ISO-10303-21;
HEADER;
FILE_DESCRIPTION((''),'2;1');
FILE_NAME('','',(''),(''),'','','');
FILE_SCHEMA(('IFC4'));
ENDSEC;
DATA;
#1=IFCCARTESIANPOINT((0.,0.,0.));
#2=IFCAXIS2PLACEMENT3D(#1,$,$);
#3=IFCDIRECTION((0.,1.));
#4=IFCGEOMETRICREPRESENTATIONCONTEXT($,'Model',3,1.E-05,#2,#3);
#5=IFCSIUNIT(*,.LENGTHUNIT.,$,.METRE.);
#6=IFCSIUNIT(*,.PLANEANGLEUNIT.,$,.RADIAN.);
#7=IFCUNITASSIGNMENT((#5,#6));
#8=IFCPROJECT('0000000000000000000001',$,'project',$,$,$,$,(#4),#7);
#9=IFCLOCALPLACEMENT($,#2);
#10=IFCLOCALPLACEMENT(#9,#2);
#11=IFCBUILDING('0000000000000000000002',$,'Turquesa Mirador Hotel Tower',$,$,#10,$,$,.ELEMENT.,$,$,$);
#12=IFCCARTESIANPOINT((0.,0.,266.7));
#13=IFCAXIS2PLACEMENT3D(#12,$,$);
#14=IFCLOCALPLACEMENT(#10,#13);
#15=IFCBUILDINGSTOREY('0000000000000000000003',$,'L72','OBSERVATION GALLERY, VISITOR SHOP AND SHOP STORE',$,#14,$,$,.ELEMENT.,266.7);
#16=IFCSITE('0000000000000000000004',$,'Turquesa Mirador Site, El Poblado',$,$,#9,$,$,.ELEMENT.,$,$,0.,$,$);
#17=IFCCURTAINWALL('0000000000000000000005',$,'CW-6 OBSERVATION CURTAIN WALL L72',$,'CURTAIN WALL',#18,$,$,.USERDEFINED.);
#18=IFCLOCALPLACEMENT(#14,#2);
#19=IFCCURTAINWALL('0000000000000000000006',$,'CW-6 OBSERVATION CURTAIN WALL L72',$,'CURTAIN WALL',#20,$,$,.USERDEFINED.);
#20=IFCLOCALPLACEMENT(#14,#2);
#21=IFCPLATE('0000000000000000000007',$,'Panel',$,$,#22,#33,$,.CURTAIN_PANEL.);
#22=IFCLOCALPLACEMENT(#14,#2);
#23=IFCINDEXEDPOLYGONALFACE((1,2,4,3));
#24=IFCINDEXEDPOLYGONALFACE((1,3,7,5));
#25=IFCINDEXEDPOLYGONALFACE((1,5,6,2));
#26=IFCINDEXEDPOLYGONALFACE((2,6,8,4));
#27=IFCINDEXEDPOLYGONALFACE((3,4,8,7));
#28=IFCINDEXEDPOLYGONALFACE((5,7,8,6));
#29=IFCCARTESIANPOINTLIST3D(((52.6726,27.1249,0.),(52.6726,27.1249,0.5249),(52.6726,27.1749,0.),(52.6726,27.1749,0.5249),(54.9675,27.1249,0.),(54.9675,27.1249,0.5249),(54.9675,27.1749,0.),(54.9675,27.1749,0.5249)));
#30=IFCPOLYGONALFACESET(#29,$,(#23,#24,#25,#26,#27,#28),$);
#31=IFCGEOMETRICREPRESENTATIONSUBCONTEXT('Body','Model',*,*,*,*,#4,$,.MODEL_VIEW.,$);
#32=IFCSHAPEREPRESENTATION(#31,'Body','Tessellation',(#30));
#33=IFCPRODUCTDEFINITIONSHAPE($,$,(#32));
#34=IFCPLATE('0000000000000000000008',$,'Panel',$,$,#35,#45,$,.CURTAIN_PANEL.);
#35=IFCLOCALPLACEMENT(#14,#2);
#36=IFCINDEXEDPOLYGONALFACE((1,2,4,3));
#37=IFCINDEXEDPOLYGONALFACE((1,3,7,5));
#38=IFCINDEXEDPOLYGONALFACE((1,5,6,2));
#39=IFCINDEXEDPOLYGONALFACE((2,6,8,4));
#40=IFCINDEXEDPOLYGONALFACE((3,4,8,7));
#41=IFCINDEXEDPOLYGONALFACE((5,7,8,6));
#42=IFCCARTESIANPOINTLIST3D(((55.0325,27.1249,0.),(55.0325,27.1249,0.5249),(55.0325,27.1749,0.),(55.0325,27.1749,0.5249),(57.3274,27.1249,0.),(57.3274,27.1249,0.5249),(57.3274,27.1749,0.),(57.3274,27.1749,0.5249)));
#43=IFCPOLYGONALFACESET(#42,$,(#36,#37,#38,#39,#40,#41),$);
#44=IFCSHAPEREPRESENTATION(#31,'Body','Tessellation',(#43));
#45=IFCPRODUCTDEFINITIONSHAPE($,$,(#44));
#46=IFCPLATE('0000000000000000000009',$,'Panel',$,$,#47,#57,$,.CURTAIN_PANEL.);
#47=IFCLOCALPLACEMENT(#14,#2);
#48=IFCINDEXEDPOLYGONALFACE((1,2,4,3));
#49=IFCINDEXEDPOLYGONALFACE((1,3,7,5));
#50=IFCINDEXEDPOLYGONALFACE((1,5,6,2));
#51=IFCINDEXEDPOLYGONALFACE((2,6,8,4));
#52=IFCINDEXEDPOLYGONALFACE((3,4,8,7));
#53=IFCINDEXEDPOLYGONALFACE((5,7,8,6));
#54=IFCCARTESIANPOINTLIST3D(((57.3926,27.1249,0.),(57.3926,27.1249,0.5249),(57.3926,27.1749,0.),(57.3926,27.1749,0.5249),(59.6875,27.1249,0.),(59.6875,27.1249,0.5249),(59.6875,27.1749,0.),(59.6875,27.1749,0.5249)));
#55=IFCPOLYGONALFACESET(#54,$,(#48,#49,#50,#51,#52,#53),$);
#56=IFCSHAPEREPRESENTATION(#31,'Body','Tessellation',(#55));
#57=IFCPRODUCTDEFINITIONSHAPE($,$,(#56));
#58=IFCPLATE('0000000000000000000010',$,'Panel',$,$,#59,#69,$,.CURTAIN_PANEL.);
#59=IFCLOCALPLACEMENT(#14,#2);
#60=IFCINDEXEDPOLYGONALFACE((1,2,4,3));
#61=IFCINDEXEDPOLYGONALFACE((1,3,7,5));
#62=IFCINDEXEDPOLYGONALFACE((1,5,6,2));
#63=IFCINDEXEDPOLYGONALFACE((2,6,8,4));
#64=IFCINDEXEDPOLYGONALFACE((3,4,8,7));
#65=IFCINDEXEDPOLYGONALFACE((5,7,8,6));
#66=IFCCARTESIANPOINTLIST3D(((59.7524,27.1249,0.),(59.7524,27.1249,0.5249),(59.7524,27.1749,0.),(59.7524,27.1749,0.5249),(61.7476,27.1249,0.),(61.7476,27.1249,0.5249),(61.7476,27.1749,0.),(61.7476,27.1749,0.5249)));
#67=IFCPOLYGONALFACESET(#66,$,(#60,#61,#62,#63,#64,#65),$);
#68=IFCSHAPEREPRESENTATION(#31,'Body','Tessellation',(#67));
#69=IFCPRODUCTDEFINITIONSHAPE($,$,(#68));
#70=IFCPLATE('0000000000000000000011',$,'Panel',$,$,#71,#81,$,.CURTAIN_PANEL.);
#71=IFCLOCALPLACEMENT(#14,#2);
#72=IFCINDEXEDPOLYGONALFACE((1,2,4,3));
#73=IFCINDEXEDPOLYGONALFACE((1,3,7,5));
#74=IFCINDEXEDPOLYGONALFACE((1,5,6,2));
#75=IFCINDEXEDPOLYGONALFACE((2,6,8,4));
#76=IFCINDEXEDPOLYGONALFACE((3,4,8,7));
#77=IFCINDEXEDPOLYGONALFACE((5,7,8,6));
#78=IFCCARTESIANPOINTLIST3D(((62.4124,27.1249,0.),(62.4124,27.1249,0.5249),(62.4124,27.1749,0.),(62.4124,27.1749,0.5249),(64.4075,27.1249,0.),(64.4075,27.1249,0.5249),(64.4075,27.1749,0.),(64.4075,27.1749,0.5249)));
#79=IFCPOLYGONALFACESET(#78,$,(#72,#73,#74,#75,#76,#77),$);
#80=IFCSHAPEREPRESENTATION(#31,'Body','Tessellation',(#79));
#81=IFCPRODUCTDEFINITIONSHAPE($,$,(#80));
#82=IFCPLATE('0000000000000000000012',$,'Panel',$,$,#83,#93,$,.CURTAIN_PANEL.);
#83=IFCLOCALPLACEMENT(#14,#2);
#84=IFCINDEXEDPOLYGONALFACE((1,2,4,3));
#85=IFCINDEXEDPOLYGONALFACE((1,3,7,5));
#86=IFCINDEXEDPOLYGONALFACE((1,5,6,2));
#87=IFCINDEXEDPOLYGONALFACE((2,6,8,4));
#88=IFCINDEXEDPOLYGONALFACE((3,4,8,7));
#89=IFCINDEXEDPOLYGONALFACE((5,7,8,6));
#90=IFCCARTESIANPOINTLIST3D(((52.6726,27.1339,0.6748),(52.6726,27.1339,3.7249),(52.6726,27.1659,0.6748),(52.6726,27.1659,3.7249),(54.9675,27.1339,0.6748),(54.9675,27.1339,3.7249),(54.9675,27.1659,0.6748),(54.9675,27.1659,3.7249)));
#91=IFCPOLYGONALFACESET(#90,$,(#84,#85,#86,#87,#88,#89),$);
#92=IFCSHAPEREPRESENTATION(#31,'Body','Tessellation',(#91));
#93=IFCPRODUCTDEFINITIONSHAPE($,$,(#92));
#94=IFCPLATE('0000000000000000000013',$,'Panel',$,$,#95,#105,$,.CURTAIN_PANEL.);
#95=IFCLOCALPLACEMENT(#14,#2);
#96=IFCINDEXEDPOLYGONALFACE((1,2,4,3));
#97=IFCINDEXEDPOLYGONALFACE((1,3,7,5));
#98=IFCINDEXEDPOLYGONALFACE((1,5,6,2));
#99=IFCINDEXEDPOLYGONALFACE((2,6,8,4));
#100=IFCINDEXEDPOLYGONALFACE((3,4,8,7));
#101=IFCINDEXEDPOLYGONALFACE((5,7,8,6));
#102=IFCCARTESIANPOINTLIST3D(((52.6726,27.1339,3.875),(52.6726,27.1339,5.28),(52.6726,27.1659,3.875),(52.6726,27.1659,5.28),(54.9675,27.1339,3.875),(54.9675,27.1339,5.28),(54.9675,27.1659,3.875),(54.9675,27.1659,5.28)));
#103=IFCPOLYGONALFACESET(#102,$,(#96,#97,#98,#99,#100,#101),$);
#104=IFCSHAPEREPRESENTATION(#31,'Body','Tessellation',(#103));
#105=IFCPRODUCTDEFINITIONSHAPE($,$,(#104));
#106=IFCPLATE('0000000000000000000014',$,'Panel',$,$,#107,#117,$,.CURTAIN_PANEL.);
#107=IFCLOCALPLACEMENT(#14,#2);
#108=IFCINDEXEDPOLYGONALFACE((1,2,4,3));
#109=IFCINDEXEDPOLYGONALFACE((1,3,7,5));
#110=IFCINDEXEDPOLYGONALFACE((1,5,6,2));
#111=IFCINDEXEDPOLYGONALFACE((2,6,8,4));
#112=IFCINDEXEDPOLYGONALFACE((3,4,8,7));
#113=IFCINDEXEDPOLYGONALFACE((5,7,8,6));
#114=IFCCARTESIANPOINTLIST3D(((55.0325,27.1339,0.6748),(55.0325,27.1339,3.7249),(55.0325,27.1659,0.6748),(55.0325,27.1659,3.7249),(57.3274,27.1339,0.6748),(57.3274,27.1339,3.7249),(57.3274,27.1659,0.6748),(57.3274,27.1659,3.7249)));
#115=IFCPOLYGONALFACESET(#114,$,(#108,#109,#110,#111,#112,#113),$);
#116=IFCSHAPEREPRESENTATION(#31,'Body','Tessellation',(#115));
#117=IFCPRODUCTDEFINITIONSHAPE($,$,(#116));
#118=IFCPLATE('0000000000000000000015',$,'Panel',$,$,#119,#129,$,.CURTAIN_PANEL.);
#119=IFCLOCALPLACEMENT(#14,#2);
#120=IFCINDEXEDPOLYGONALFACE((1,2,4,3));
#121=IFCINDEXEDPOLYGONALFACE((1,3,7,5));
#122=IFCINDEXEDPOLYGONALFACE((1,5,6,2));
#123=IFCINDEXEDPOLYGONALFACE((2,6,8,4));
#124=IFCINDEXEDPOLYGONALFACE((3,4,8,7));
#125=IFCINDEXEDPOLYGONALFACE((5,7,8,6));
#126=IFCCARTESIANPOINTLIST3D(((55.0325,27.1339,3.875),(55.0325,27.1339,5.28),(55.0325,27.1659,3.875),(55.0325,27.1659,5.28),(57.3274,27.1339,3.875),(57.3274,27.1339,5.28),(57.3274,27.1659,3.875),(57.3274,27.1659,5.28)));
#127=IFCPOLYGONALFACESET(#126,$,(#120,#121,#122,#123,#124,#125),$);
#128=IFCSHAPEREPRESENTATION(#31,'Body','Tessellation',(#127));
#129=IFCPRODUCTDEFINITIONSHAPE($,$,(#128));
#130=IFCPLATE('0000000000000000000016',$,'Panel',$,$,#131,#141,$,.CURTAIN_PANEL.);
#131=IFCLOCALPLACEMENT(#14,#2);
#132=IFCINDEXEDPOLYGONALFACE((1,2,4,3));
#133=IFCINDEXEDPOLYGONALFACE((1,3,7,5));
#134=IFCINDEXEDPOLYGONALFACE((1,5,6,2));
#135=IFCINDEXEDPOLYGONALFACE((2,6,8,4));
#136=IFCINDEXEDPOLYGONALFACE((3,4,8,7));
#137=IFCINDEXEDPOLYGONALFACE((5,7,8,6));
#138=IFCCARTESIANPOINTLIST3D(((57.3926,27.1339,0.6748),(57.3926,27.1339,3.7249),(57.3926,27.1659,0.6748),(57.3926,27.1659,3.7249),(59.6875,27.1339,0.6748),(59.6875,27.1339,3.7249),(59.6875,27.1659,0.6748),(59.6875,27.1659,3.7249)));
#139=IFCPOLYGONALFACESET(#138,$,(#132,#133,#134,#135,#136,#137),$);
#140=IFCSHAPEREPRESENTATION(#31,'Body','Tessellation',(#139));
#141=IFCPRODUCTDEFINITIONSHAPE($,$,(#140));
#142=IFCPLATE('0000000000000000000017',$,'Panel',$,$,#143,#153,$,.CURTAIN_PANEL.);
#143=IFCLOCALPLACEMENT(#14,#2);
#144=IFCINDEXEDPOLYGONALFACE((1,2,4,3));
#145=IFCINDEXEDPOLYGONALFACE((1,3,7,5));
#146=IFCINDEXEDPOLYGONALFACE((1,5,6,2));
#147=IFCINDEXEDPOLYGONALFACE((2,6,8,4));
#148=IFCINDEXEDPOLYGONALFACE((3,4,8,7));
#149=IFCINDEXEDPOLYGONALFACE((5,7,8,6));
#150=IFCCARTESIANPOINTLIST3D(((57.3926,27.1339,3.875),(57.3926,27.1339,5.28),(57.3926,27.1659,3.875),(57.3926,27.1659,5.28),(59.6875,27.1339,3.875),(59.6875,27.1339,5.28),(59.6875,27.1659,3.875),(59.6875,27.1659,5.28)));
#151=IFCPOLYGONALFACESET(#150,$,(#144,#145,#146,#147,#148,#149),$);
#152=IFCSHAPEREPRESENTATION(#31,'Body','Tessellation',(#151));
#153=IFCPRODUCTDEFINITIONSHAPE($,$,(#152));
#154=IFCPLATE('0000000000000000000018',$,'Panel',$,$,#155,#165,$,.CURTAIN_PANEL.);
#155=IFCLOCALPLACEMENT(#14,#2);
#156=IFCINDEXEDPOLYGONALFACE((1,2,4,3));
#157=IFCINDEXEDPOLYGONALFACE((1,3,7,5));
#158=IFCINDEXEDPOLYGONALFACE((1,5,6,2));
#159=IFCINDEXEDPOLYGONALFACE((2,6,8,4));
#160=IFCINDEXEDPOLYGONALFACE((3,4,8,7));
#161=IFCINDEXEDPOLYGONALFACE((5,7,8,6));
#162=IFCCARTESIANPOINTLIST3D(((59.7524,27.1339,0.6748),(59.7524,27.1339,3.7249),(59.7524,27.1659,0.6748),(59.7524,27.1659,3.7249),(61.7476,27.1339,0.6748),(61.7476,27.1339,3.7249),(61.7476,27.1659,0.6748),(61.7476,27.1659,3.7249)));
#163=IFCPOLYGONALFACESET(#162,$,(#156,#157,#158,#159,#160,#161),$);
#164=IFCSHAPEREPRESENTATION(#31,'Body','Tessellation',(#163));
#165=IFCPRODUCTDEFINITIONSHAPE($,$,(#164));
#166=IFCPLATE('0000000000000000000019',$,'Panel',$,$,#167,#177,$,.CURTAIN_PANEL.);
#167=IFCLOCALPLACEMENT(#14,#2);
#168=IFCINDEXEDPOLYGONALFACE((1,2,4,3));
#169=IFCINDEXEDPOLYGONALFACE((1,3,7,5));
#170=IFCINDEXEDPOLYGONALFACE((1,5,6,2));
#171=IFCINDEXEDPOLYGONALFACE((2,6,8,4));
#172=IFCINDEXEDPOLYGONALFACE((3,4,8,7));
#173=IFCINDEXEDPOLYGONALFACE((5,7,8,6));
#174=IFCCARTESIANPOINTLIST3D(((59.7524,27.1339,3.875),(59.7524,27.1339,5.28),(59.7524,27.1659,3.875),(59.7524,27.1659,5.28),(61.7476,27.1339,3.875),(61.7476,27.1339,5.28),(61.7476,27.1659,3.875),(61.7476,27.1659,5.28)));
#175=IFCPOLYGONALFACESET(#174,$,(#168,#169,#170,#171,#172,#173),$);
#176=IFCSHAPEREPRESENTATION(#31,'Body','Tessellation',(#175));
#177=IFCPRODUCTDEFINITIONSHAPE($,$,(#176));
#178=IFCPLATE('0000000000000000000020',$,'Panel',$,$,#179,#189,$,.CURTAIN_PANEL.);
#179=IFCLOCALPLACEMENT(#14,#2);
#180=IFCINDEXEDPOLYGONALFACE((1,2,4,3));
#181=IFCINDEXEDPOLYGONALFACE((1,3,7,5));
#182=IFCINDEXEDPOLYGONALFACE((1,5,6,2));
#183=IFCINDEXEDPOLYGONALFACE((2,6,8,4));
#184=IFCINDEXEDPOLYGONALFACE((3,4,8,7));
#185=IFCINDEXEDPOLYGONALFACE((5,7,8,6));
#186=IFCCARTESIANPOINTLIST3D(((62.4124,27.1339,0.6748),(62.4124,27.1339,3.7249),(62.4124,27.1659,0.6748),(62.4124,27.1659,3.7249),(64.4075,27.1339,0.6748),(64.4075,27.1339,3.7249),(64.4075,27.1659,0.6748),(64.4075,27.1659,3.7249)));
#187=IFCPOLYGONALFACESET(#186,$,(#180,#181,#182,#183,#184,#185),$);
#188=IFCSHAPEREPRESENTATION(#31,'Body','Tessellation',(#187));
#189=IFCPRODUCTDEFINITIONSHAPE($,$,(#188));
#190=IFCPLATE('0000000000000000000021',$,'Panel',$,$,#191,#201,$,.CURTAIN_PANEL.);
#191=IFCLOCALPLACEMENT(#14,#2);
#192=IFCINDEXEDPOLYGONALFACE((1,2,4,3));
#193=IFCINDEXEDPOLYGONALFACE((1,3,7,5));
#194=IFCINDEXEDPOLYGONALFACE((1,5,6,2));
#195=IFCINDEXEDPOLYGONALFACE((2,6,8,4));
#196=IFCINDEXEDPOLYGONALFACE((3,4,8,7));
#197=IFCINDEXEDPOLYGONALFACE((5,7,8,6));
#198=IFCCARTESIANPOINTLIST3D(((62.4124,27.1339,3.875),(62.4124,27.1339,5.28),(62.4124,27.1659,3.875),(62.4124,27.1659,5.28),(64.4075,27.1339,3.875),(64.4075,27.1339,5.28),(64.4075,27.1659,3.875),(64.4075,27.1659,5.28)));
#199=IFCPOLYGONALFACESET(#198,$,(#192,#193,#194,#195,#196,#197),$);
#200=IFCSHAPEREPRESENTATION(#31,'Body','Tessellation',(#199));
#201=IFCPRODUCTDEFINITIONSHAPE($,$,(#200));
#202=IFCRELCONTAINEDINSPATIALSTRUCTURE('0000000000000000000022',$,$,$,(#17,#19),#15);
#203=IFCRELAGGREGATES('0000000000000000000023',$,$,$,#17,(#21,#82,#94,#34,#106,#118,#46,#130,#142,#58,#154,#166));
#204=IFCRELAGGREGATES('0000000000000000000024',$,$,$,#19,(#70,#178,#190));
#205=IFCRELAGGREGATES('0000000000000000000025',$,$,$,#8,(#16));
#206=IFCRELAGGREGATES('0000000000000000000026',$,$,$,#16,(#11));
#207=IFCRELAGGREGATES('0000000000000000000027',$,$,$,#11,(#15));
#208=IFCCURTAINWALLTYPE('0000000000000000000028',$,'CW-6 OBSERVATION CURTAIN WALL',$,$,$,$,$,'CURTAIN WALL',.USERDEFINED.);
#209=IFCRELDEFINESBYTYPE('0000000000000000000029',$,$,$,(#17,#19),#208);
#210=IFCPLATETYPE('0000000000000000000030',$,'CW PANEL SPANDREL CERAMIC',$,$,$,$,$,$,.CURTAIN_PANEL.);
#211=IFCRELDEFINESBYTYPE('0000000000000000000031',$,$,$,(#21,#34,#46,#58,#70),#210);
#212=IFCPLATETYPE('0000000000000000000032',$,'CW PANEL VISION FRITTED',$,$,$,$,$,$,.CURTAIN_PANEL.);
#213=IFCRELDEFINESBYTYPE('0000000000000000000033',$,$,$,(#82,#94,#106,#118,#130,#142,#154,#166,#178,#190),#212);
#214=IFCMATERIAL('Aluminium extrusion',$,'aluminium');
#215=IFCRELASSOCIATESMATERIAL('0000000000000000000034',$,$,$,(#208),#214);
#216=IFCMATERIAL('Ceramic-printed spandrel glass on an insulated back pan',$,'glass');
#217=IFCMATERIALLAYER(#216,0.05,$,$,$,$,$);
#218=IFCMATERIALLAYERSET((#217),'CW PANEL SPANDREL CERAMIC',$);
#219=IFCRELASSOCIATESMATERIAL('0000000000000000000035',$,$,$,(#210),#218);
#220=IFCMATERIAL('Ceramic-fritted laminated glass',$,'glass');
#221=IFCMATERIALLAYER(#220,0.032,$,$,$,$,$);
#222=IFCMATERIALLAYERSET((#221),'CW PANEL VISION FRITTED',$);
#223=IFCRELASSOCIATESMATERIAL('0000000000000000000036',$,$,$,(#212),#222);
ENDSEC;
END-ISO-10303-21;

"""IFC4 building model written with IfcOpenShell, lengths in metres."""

from ifc_helpers import new_model, si_unit, direction, frame, origin, origin_2d, place, context, subcontext, project, spatial, rectangle, extrude, material, layer, layer_set, type_object, element, aggregate, save


model = new_model("IFC4")

# Units and contexts
model_context = context("Model", 3, precision=1e-05, world=origin(), true_north=direction((0.0, 1.0)))
body_context = subcontext(model_context, "Body", "Model", "MODEL_VIEW")
ifc_project = project(units=[si_unit("LENGTHUNIT", "METRE"), si_unit("PLANEANGLEUNIT", "RADIAN")], contexts=[model_context])

# Site, building, storey
site_placement = place(None, origin())
site = spatial("IfcSite", under=ifc_project, at=site_placement, Name="Turquesa Mirador Site, El Poblado", CompositionType="ELEMENT", RefElevation=0.0)
building_placement = place(site_placement, origin())
building = spatial("IfcBuilding", under=site, at=building_placement, Name="Turquesa Mirador Hotel Tower", CompositionType="ELEMENT")
storey_placement = place(building_placement, frame((0.0, 0.0, 266.7)))
storey = spatial("IfcBuildingStorey", under=building, at=storey_placement, Name="L72", Description="OBSERVATION GALLERY, VISITOR SHOP AND SHOP STORE", CompositionType="ELEMENT", Elevation=266.7)

# Curtain walls
ifc_material_1 = material(Name="Aluminium extrusion", Category="aluminium")
curtain_wall_type = type_object("IfcCurtainWallType", Name="CW-6 OBSERVATION CURTAIN WALL", ElementType="CURTAIN WALL", PredefinedType="USERDEFINED", material=ifc_material_1)
curtain_wall_1_placement = place(storey_placement, origin())
curtain_wall_1 = element("IfcCurtainWall", 1, at=curtain_wall_1_placement, inside=storey, type_object=curtain_wall_type, Name="CW-6 OBSERVATION CURTAIN WALL L72", ObjectType="CURTAIN WALL", PredefinedType="USERDEFINED")
curtain_wall_2_placement = place(storey_placement, origin())
curtain_wall_2 = element("IfcCurtainWall", 2, at=curtain_wall_2_placement, inside=storey, type_object=curtain_wall_type, Name="CW-6 OBSERVATION CURTAIN WALL L72", ObjectType="CURTAIN WALL", PredefinedType="USERDEFINED")

# Plates
ifc_material_2 = material(Name="Ceramic-printed spandrel glass on an insulated back pan", Category="glass")
ifc_layer_1 = layer(ifc_material_2, 0.05)
ifc_layer_set_1 = layer_set([ifc_layer_1], Name="CW PANEL SPANDREL CERAMIC")
plate_type_1 = type_object("IfcPlateType", Name="CW PANEL SPANDREL CERAMIC", PredefinedType="CURTAIN_PANEL", material=ifc_layer_set_1)
plate_1_placement = place(storey_placement, frame((53.8201, 27.1499, 0.0), z_axis=(0.0, 0.0, 1.0), x_axis=(1.0, 0.0, 0.0)))
plate_1 = element("IfcPlate", 3, at=plate_1_placement, type_object=plate_type_1, Name="Panel", PredefinedType="CURTAIN_PANEL", context=body_context, shape_type="SweptSolid", body=[
    extrude(rectangle(XDim=2.2949, YDim=0.05, at=origin_2d()), origin(), (0.0, 0.0, 1.0), 0.5249),
])
plate_2_placement = place(storey_placement, frame((56.1799, 27.1499, 0.0), z_axis=(0.0, 0.0, 1.0), x_axis=(1.0, 0.0, 0.0)))
plate_2 = element("IfcPlate", 4, at=plate_2_placement, type_object=plate_type_1, Name="Panel", PredefinedType="CURTAIN_PANEL", context=body_context, shape_type="SweptSolid", body=[
    extrude(rectangle(XDim=2.2949, YDim=0.05, at=origin_2d()), origin(), (0.0, 0.0, 1.0), 0.5249),
])
plate_3_placement = place(storey_placement, frame((58.54, 27.1499, 0.0), z_axis=(0.0, 0.0, 1.0), x_axis=(1.0, 0.0, 0.0)))
plate_3 = element("IfcPlate", 5, at=plate_3_placement, type_object=plate_type_1, Name="Panel", PredefinedType="CURTAIN_PANEL", context=body_context, shape_type="SweptSolid", body=[
    extrude(rectangle(XDim=2.2949, YDim=0.05, at=origin_2d()), origin(), (0.0, 0.0, 1.0), 0.5249),
])
plate_4_placement = place(storey_placement, frame((60.75, 27.1499, 0.0), z_axis=(0.0, 0.0, 1.0), x_axis=(1.0, 0.0, 0.0)))
plate_4 = element("IfcPlate", 6, at=plate_4_placement, type_object=plate_type_1, Name="Panel", PredefinedType="CURTAIN_PANEL", context=body_context, shape_type="SweptSolid", body=[
    extrude(rectangle(XDim=1.9951, YDim=0.05, at=origin_2d()), origin(), (0.0, 0.0, 1.0), 0.5249),
])
plate_5_placement = place(storey_placement, frame((63.4099, 27.1499, 0.0), z_axis=(0.0, 0.0, 1.0), x_axis=(1.0, 0.0, 0.0)))
plate_5 = element("IfcPlate", 7, at=plate_5_placement, type_object=plate_type_1, Name="Panel", PredefinedType="CURTAIN_PANEL", context=body_context, shape_type="SweptSolid", body=[
    extrude(rectangle(XDim=1.9951, YDim=0.05, at=origin_2d()), origin(), (0.0, 0.0, 1.0), 0.5249),
])
ifc_material_3 = material(Name="Ceramic-fritted laminated glass", Category="glass")
ifc_layer_2 = layer(ifc_material_3, 0.032)
ifc_layer_set_2 = layer_set([ifc_layer_2], Name="CW PANEL VISION FRITTED")
plate_type_2 = type_object("IfcPlateType", Name="CW PANEL VISION FRITTED", PredefinedType="CURTAIN_PANEL", material=ifc_layer_set_2)
plate_6_placement = place(storey_placement, frame((53.8201, 27.1499, 0.6748), z_axis=(0.0, 0.0, 1.0), x_axis=(1.0, 0.0, 0.0)))
plate_6 = element("IfcPlate", 8, at=plate_6_placement, type_object=plate_type_2, Name="Panel", PredefinedType="CURTAIN_PANEL", context=body_context, shape_type="SweptSolid", body=[
    extrude(rectangle(XDim=2.2949, YDim=0.032, at=origin_2d()), origin(), (0.0, 0.0, 1.0), 3.05),
])
plate_7_placement = place(storey_placement, frame((53.8201, 27.1499, 3.875), z_axis=(0.0, 0.0, 1.0), x_axis=(1.0, 0.0, 0.0)))
plate_7 = element("IfcPlate", 9, at=plate_7_placement, type_object=plate_type_2, Name="Panel", PredefinedType="CURTAIN_PANEL", context=body_context, shape_type="SweptSolid", body=[
    extrude(rectangle(XDim=2.2949, YDim=0.032, at=origin_2d()), origin(), (0.0, 0.0, 1.0), 1.405),
])
plate_8_placement = place(storey_placement, frame((56.1799, 27.1499, 0.6748), z_axis=(0.0, 0.0, 1.0), x_axis=(1.0, 0.0, 0.0)))
plate_8 = element("IfcPlate", 10, at=plate_8_placement, type_object=plate_type_2, Name="Panel", PredefinedType="CURTAIN_PANEL", context=body_context, shape_type="SweptSolid", body=[
    extrude(rectangle(XDim=2.2949, YDim=0.032, at=origin_2d()), origin(), (0.0, 0.0, 1.0), 3.05),
])
plate_9_placement = place(storey_placement, frame((56.1799, 27.1499, 3.875), z_axis=(0.0, 0.0, 1.0), x_axis=(1.0, 0.0, 0.0)))
plate_9 = element("IfcPlate", 11, at=plate_9_placement, type_object=plate_type_2, Name="Panel", PredefinedType="CURTAIN_PANEL", context=body_context, shape_type="SweptSolid", body=[
    extrude(rectangle(XDim=2.2949, YDim=0.032, at=origin_2d()), origin(), (0.0, 0.0, 1.0), 1.405),
])
plate_10_placement = place(storey_placement, frame((58.54, 27.1499, 0.6748), z_axis=(0.0, 0.0, 1.0), x_axis=(1.0, 0.0, 0.0)))
plate_10 = element("IfcPlate", 12, at=plate_10_placement, type_object=plate_type_2, Name="Panel", PredefinedType="CURTAIN_PANEL", context=body_context, shape_type="SweptSolid", body=[
    extrude(rectangle(XDim=2.2949, YDim=0.032, at=origin_2d()), origin(), (0.0, 0.0, 1.0), 3.05),
])
plate_11_placement = place(storey_placement, frame((58.54, 27.1499, 3.875), z_axis=(0.0, 0.0, 1.0), x_axis=(1.0, 0.0, 0.0)))
plate_11 = element("IfcPlate", 13, at=plate_11_placement, type_object=plate_type_2, Name="Panel", PredefinedType="CURTAIN_PANEL", context=body_context, shape_type="SweptSolid", body=[
    extrude(rectangle(XDim=2.2949, YDim=0.032, at=origin_2d()), origin(), (0.0, 0.0, 1.0), 1.405),
])
plate_12_placement = place(storey_placement, frame((60.75, 27.1499, 0.6748), z_axis=(0.0, 0.0, 1.0), x_axis=(1.0, 0.0, 0.0)))
plate_12 = element("IfcPlate", 14, at=plate_12_placement, type_object=plate_type_2, Name="Panel", PredefinedType="CURTAIN_PANEL", context=body_context, shape_type="SweptSolid", body=[
    extrude(rectangle(XDim=1.9951, YDim=0.032, at=origin_2d()), origin(), (0.0, 0.0, 1.0), 3.05),
])
plate_13_placement = place(storey_placement, frame((60.75, 27.1499, 3.875), z_axis=(0.0, 0.0, 1.0), x_axis=(1.0, 0.0, 0.0)))
plate_13 = element("IfcPlate", 15, at=plate_13_placement, type_object=plate_type_2, Name="Panel", PredefinedType="CURTAIN_PANEL", context=body_context, shape_type="SweptSolid", body=[
    extrude(rectangle(XDim=1.9951, YDim=0.032, at=origin_2d()), origin(), (0.0, 0.0, 1.0), 1.405),
])
aggregate(curtain_wall_1, [plate_1, plate_6, plate_7, plate_2, plate_8, plate_9, plate_3, plate_10, plate_11, plate_4, plate_12, plate_13])
plate_14_placement = place(storey_placement, frame((63.4099, 27.1499, 0.6748), z_axis=(0.0, 0.0, 1.0), x_axis=(1.0, 0.0, 0.0)))
plate_14 = element("IfcPlate", 16, at=plate_14_placement, type_object=plate_type_2, Name="Panel", PredefinedType="CURTAIN_PANEL", context=body_context, shape_type="SweptSolid", body=[
    extrude(rectangle(XDim=1.9951, YDim=0.032, at=origin_2d()), origin(), (0.0, 0.0, 1.0), 3.05),
])
plate_15_placement = place(storey_placement, frame((63.4099, 27.1499, 3.875), z_axis=(0.0, 0.0, 1.0), x_axis=(1.0, 0.0, 0.0)))
plate_15 = element("IfcPlate", 17, at=plate_15_placement, type_object=plate_type_2, Name="Panel", PredefinedType="CURTAIN_PANEL", context=body_context, shape_type="SweptSolid", body=[
    extrude(rectangle(XDim=1.9951, YDim=0.032, at=origin_2d()), origin(), (0.0, 0.0, 1.0), 1.405),
])
aggregate(curtain_wall_2, [plate_5, plate_14, plate_15])

save(model, "model.ifc")
